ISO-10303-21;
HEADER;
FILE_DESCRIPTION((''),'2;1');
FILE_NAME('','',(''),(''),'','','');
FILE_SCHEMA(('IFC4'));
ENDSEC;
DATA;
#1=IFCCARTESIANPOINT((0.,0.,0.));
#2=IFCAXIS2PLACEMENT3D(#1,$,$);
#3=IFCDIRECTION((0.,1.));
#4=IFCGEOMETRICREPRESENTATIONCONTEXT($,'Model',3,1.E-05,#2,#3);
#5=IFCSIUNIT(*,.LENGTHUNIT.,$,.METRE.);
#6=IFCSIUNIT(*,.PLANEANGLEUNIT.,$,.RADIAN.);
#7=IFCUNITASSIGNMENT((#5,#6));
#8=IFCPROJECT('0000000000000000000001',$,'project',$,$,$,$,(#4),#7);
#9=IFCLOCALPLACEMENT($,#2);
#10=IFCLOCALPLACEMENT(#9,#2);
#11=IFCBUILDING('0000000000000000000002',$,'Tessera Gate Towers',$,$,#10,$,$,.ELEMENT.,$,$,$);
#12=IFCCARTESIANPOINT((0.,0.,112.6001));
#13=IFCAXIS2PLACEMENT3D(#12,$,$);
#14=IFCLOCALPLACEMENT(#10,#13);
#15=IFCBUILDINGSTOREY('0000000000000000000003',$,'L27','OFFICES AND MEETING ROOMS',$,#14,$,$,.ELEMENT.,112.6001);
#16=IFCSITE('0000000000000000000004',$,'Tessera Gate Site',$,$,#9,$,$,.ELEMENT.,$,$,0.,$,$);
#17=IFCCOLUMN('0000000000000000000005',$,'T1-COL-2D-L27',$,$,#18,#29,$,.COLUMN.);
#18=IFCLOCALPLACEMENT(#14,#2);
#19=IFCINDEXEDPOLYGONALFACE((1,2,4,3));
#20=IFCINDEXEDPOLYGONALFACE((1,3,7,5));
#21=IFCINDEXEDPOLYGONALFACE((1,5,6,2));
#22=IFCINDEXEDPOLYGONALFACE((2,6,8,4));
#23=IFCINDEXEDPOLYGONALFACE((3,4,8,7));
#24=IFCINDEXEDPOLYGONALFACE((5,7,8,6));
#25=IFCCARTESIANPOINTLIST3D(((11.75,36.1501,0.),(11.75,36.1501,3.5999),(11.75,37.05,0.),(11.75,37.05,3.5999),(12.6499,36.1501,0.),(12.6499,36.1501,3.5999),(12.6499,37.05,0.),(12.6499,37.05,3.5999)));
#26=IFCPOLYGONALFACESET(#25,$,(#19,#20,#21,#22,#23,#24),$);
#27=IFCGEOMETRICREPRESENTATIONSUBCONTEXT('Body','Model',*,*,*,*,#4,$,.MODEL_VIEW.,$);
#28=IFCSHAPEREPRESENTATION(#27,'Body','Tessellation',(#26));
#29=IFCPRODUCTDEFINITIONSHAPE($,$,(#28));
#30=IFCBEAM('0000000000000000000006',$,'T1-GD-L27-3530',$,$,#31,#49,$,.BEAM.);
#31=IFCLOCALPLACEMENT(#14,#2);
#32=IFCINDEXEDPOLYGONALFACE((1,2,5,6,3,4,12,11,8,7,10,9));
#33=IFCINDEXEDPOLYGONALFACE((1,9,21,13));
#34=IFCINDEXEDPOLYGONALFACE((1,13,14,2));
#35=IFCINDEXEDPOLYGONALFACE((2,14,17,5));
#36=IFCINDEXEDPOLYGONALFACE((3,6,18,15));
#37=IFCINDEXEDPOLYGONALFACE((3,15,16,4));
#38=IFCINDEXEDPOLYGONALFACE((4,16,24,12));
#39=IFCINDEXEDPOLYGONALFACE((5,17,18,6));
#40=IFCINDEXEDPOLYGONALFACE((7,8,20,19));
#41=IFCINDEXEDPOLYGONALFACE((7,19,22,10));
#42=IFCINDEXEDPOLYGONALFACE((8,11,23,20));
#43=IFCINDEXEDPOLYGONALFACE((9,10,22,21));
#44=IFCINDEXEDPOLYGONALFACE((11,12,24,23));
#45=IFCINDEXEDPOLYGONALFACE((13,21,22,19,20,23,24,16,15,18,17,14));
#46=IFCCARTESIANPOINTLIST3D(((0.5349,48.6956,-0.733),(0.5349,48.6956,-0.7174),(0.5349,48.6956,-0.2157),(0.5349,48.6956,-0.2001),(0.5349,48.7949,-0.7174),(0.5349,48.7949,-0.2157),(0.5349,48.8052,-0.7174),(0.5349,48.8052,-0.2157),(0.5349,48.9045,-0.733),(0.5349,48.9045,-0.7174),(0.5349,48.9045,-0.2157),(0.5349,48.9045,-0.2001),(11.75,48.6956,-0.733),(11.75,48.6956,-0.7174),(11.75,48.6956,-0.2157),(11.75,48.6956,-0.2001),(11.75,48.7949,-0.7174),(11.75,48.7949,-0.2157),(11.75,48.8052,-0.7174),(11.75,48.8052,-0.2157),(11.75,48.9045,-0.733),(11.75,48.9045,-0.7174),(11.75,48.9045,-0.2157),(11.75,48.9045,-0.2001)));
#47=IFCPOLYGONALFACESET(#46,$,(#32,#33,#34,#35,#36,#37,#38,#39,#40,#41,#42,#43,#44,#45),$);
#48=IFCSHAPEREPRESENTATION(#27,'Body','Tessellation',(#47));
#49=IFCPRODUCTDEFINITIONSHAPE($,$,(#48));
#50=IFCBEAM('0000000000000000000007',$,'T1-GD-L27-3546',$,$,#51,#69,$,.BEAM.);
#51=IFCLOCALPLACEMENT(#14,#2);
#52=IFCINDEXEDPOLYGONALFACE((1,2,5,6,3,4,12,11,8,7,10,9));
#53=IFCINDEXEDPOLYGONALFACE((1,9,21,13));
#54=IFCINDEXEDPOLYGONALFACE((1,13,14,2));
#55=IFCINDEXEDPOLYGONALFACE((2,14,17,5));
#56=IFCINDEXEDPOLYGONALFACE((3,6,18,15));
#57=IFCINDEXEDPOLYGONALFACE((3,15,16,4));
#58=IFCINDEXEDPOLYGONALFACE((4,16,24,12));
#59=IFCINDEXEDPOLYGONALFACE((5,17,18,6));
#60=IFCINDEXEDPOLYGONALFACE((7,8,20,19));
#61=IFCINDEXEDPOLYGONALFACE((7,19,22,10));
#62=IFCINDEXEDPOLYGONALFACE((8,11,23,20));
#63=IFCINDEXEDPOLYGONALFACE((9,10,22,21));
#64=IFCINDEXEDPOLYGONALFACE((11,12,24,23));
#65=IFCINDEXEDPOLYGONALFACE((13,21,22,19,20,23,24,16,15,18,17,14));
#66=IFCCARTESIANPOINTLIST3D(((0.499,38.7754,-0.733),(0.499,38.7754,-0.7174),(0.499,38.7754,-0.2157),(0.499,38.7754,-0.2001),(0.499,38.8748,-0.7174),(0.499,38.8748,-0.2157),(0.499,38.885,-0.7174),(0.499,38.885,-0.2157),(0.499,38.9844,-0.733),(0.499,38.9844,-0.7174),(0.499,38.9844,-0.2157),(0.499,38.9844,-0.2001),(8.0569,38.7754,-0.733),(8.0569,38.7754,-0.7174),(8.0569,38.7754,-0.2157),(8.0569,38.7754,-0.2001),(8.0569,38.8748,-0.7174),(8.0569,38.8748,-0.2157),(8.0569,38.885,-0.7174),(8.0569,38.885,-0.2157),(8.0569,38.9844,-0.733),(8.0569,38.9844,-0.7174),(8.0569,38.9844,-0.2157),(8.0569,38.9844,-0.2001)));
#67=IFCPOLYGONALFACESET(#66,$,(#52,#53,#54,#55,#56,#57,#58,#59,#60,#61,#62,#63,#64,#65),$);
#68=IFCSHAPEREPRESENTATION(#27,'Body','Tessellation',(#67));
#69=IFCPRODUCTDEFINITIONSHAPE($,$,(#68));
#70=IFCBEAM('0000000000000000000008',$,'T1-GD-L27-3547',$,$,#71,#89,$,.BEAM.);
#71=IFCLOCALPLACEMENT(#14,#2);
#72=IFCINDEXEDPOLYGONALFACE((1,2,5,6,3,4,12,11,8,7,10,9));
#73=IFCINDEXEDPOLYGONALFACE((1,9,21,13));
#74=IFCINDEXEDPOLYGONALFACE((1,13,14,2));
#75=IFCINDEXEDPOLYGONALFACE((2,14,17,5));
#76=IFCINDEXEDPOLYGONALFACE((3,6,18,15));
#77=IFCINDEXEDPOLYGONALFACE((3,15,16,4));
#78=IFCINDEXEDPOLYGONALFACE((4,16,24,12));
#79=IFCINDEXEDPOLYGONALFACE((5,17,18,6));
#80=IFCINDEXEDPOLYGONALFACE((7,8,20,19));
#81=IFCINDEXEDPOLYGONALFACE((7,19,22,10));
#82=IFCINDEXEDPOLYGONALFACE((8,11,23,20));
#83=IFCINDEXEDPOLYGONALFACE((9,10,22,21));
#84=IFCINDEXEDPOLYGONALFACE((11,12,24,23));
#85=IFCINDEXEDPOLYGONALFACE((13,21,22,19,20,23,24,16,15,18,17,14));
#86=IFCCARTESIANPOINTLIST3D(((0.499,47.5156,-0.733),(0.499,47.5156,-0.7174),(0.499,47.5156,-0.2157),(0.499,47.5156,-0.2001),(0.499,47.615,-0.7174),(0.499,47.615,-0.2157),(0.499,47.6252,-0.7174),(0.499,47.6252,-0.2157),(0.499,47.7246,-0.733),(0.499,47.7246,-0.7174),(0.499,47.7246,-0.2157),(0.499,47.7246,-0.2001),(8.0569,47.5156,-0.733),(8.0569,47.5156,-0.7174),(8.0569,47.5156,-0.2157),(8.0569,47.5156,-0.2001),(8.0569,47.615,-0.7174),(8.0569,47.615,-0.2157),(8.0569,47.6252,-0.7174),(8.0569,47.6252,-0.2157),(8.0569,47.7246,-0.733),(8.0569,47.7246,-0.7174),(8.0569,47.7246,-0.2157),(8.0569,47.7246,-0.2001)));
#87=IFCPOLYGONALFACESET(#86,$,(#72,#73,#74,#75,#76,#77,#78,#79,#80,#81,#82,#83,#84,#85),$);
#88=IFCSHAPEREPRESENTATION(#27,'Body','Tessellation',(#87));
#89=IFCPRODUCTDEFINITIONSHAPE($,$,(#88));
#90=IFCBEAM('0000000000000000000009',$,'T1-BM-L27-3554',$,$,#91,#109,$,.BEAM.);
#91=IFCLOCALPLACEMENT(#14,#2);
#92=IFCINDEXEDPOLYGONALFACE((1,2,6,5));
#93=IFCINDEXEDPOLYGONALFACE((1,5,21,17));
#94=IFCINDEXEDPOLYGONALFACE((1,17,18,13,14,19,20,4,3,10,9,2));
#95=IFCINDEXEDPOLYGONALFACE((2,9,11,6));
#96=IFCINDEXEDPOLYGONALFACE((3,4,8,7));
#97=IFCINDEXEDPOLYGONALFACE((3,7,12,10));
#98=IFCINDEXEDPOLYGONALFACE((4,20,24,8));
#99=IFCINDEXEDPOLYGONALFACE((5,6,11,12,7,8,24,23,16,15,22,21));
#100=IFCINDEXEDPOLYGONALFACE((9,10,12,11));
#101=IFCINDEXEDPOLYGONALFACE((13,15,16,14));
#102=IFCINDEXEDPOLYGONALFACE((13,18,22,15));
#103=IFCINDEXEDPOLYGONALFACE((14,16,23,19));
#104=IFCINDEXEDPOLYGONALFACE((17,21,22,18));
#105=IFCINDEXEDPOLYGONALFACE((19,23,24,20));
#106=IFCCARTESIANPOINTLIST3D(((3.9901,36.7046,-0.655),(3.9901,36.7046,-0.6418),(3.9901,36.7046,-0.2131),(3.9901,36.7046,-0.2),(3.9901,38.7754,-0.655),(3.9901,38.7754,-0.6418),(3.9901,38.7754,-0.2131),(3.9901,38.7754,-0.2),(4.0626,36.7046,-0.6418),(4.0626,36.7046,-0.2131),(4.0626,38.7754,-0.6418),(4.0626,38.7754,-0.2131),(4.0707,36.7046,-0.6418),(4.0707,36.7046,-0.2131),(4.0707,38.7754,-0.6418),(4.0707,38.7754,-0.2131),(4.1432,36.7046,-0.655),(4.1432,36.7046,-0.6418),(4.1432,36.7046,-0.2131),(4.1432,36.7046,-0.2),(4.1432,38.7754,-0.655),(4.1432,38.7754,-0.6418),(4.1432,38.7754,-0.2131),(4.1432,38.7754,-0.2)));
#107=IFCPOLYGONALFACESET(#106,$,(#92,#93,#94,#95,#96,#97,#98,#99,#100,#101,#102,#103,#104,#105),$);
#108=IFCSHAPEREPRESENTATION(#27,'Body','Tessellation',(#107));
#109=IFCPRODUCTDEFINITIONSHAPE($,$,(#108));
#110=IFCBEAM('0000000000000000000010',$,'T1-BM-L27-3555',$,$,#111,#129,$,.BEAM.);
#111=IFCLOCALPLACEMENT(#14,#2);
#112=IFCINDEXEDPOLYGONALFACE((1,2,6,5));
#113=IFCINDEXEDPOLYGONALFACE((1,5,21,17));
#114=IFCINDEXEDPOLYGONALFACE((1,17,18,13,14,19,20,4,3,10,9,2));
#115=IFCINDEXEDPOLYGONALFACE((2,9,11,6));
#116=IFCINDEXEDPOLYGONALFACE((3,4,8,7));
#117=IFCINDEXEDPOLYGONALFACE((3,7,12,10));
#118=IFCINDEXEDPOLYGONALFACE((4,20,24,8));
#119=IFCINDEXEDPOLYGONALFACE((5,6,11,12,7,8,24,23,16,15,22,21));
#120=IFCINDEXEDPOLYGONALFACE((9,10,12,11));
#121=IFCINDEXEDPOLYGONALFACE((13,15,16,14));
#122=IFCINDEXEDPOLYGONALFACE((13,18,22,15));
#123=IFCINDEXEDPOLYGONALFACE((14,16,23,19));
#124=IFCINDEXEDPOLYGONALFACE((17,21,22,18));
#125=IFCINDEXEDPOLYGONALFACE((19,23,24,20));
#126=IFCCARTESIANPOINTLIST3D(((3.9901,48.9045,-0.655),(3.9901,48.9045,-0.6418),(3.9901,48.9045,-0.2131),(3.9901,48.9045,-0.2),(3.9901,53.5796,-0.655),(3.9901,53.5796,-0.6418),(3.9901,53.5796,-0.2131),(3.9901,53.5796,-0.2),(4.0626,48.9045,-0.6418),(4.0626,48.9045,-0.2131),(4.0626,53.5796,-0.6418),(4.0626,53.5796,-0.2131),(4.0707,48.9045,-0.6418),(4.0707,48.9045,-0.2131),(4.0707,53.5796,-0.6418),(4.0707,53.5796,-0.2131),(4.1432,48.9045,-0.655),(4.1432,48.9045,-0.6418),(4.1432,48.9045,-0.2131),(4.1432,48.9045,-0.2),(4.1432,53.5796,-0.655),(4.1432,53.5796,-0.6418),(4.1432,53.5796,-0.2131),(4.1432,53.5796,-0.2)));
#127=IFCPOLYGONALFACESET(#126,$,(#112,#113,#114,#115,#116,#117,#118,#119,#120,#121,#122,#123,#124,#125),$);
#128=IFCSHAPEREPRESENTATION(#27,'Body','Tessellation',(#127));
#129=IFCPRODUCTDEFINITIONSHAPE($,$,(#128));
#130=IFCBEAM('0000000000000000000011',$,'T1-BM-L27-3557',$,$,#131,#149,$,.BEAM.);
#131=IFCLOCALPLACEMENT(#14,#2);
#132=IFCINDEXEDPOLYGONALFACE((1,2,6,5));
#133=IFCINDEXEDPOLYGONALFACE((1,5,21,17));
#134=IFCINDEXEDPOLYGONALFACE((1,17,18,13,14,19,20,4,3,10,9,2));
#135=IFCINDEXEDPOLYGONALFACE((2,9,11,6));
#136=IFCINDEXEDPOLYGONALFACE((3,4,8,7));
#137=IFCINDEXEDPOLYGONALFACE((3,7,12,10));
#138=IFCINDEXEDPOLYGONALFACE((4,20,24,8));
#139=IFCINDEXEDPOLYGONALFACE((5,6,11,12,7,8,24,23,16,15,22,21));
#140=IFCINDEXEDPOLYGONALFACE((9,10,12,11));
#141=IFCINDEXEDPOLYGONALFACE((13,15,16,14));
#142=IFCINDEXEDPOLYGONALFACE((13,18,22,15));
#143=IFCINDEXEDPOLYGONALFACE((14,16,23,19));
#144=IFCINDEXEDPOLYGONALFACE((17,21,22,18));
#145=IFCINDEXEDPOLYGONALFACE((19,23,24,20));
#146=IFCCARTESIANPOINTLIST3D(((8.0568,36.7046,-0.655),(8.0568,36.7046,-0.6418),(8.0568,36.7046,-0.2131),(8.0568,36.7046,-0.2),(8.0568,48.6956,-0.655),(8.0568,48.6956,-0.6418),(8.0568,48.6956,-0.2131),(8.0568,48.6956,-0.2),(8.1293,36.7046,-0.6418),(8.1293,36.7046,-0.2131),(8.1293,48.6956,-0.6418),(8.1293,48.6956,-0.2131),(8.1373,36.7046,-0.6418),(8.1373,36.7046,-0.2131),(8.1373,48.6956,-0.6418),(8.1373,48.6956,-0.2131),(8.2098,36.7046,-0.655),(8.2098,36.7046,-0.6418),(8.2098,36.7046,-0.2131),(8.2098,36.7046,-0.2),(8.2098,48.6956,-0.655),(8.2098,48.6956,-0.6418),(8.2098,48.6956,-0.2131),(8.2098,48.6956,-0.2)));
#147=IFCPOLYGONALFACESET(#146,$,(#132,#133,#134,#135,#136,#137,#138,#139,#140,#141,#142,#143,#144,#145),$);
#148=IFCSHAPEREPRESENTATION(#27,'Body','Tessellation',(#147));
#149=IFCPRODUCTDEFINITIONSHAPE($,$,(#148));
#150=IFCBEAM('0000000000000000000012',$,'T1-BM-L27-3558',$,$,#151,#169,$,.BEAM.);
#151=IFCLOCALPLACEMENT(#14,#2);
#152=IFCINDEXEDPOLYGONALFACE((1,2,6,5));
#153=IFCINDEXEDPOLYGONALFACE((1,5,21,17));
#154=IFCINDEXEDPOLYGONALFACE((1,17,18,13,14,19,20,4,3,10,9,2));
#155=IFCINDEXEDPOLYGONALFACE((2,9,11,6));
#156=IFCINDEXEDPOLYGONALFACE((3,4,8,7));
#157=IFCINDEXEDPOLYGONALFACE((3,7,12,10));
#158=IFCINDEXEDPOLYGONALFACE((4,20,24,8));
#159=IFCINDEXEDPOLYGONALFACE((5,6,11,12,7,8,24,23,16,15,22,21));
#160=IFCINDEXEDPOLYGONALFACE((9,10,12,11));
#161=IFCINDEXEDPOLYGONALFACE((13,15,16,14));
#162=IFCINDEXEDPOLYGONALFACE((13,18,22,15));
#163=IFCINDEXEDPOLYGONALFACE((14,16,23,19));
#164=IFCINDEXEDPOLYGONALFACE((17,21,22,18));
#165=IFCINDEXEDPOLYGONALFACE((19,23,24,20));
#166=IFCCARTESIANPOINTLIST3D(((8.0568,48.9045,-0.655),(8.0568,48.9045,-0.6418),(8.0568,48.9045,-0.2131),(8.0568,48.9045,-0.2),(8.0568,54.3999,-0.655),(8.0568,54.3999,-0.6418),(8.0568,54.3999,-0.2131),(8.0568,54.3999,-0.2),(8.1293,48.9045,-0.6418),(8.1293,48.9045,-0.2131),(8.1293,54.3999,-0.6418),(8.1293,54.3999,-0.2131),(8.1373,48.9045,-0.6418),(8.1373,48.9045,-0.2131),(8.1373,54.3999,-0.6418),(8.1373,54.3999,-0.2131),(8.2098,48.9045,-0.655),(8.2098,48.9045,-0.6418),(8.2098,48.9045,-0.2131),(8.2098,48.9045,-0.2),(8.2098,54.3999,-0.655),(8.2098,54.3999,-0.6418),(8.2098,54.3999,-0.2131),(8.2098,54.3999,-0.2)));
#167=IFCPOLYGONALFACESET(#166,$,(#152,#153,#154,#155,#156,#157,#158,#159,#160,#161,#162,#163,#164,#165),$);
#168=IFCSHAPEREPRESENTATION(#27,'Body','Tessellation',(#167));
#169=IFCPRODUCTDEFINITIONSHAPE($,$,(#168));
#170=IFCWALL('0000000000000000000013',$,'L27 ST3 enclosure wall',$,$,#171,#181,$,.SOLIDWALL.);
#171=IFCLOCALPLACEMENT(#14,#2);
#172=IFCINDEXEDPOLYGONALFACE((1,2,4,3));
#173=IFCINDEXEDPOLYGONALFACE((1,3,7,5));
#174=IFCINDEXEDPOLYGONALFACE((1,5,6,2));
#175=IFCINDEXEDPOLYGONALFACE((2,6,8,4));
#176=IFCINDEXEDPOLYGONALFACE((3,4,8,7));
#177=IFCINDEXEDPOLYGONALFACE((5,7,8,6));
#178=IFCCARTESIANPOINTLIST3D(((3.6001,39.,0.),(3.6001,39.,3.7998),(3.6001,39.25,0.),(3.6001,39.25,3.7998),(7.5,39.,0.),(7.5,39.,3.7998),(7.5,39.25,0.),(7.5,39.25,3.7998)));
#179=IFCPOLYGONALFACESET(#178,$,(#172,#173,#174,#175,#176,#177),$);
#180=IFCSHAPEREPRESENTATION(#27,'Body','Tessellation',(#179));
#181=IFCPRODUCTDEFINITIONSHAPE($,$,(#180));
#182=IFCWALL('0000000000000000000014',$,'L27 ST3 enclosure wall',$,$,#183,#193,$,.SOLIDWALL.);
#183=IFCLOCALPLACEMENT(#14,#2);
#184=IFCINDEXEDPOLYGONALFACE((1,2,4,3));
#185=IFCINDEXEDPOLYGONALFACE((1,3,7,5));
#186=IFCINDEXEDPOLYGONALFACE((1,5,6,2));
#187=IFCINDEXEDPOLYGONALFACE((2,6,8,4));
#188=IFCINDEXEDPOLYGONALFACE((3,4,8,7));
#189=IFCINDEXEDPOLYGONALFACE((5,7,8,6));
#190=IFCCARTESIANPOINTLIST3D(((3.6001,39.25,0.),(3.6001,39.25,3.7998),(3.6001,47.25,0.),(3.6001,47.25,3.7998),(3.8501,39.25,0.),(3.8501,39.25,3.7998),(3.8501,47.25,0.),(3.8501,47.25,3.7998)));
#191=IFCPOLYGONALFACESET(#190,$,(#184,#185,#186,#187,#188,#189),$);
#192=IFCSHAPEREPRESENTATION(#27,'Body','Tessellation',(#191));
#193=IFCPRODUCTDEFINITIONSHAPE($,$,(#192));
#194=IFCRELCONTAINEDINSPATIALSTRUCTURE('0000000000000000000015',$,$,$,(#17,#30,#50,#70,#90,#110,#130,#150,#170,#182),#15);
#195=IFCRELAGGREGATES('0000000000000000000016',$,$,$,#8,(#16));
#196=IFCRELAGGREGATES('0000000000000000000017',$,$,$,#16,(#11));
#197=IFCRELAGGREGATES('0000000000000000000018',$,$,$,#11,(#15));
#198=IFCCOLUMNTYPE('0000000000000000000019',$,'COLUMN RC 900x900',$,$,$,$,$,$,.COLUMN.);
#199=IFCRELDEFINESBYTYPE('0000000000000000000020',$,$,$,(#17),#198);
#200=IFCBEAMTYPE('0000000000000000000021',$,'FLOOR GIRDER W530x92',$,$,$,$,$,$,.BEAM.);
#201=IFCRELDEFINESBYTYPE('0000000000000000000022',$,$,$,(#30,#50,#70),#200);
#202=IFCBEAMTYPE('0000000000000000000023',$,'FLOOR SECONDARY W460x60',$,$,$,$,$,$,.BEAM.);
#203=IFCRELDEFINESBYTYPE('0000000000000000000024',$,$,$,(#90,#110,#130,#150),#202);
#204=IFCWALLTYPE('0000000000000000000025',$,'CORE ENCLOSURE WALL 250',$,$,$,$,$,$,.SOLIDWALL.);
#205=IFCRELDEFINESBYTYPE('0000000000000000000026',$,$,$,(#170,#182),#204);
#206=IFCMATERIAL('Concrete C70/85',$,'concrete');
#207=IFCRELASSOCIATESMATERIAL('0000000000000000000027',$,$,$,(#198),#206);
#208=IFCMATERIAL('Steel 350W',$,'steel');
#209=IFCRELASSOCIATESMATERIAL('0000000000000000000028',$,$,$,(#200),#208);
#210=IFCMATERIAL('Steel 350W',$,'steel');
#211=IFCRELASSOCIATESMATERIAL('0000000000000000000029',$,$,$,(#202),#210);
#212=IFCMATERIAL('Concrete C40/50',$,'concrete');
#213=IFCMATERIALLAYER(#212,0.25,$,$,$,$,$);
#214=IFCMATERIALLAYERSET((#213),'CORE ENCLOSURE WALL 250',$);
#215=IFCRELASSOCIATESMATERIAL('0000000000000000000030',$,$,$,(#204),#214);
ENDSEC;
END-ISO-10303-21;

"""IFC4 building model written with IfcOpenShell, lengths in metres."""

from ifc_helpers import new_model, si_unit, direction, frame, frame_2d, origin, origin_2d, place, context, subcontext, project, spatial, rectangle, i_section, extrude, material, layer, layer_set, material_profile, profile_set, type_object, element, save


model = new_model("IFC4")

# Units and contexts
model_context = context("Model", 3, precision=1e-05, world=origin(), true_north=direction((0.0, 1.0)))
body_context = subcontext(model_context, "Body", "Model", "MODEL_VIEW")
ifc_project = project(units=[si_unit("LENGTHUNIT", "METRE"), si_unit("PLANEANGLEUNIT", "RADIAN")], contexts=[model_context])

# Site, building, storey
site_placement = place(None, origin())
site = spatial("IfcSite", under=ifc_project, at=site_placement, Name="Tessera Gate Site", CompositionType="ELEMENT", RefElevation=0.0)
building_placement = place(site_placement, origin())
building = spatial("IfcBuilding", under=site, at=building_placement, Name="Tessera Gate Towers", CompositionType="ELEMENT")
storey_placement = place(building_placement, frame((0.0, 0.0, 112.6001)))
storey = spatial("IfcBuildingStorey", under=building, at=storey_placement, Name="L27", Description="OFFICES AND MEETING ROOMS", CompositionType="ELEMENT", Elevation=112.6001)

# Column
ifc_material_1 = material(Name="Concrete C70/85", Category="concrete")
ifc_material_profile_1 = material_profile(ifc_material_1, rectangle(XDim=0.8999, YDim=0.8999, at=origin_2d()), Name="RC 900x900")
ifc_profile_set_1 = profile_set([ifc_material_profile_1], Name="Concrete C70/85")
column_type = type_object("IfcColumnType", Name="COLUMN RC 900x900", PredefinedType="COLUMN", material=ifc_profile_set_1)
column_placement = place(storey_placement, frame((12.2, 36.6001, 0.0), z_axis=(0.0, 0.0, 1.0), x_axis=(1.0, 0.0, 0.0)))
element("IfcColumn", 1, at=column_placement, inside=storey, type_object=column_type, Name="T1-COL-2D-L27", PredefinedType="COLUMN", context=body_context, shape_type="SweptSolid", body=[
    extrude(rectangle(XDim=0.8999, YDim=0.8999, at=origin_2d()), origin(), (0.0, 0.0, 1.0), 3.5999),
])

# Beams
ifc_material_2 = material(Name="Steel 350W", Category="steel")
ifc_material_profile_2 = material_profile(ifc_material_2, i_section(OverallWidth=0.209, OverallDepth=0.533, WebThickness=0.0103, FlangeThickness=0.0156, at=origin_2d()), Name="W530x92")
ifc_profile_set_2 = profile_set([ifc_material_profile_2], Name="Steel 350W")
beam_type_1 = type_object("IfcBeamType", Name="FLOOR GIRDER W530x92", PredefinedType="BEAM", material=ifc_profile_set_2)
beam_1_placement = place(storey_placement, frame((0.5349, 48.8, -0.4666), z_axis=(1.0, 0.0, 0.0), x_axis=(0.0, 1.0, 0.0)))
element("IfcBeam", 2, at=beam_1_placement, inside=storey, type_object=beam_type_1, Name="T1-GD-L27-3530", PredefinedType="BEAM", context=body_context, shape_type="SweptSolid", body=[
    extrude(i_section(OverallWidth=0.209, OverallDepth=0.533, WebThickness=0.0103, FlangeThickness=0.0156, at=origin_2d()), origin(), (0.0, 0.0, 1.0), 11.2151),
])
for number, where, z_axis, x_axis, name in (
    (3, (0.499, 38.8799, -0.4666), (1.0, 0.0, 0.0), (0.0, 1.0, 0.0), "T1-GD-L27-3546"),
    (4, (0.499, 47.6201, -0.4666), (1.0, 0.0, 0.0), (0.0, 1.0, 0.0), "T1-GD-L27-3547"),
):
    element("IfcBeam", number, at=place(storey_placement, frame(where, z_axis=z_axis, x_axis=x_axis)), inside=storey, type_object=beam_type_1, Name=name, PredefinedType="BEAM", context=body_context, shape_type="SweptSolid", body=[
        extrude(i_section(OverallWidth=0.209, OverallDepth=0.533, WebThickness=0.0103, FlangeThickness=0.0156, at=origin_2d()), origin(), (0.0, 0.0, 1.0), 7.5579),
    ])
ifc_material_3 = material(Name="Steel 350W", Category="steel")
ifc_material_profile_3 = material_profile(ifc_material_3, i_section(OverallWidth=0.1531, OverallDepth=0.4551, WebThickness=0.0081, FlangeThickness=0.0132, at=origin_2d()), Name="W460x60")
ifc_profile_set_3 = profile_set([ifc_material_profile_3], Name="Steel 350W")
beam_type_2 = type_object("IfcBeamType", Name="FLOOR SECONDARY W460x60", PredefinedType="BEAM", material=ifc_profile_set_3)
beam_2_placement = place(storey_placement, frame((4.0667, 36.7046, -0.4275), z_axis=(0.0, 1.0, 0.0), x_axis=(-1.0, 0.0, 0.0)))
element("IfcBeam", 5, at=beam_2_placement, inside=storey, type_object=beam_type_2, Name="T1-BM-L27-3554", PredefinedType="BEAM", context=body_context, shape_type="SweptSolid", body=[
    extrude(i_section(OverallWidth=0.1531, OverallDepth=0.4551, WebThickness=0.0081, FlangeThickness=0.0132, at=origin_2d()), origin(), (0.0, 0.0, 1.0), 2.0708),
])
beam_3_placement = place(storey_placement, frame((4.0667, 48.9045, -0.4275), z_axis=(0.0, 1.0, 0.0), x_axis=(-1.0, 0.0, 0.0)))
element("IfcBeam", 6, at=beam_3_placement, inside=storey, type_object=beam_type_2, Name="T1-BM-L27-3555", PredefinedType="BEAM", context=body_context, shape_type="SweptSolid", body=[
    extrude(i_section(OverallWidth=0.1531, OverallDepth=0.4551, WebThickness=0.0081, FlangeThickness=0.0132, at=origin_2d()), origin(), (0.0, 0.0, 1.0), 4.675),
])
beam_4_placement = place(storey_placement, frame((8.1333, 36.7046, -0.4275), z_axis=(0.0, 1.0, 0.0), x_axis=(-1.0, 0.0, 0.0)))
element("IfcBeam", 7, at=beam_4_placement, inside=storey, type_object=beam_type_2, Name="T1-BM-L27-3557", PredefinedType="BEAM", context=body_context, shape_type="SweptSolid", body=[
    extrude(i_section(OverallWidth=0.1531, OverallDepth=0.4551, WebThickness=0.0081, FlangeThickness=0.0132, at=origin_2d()), origin(), (0.0, 0.0, 1.0), 11.991),
])
beam_5_placement = place(storey_placement, frame((8.1333, 48.9045, -0.4275), z_axis=(0.0, 1.0, 0.0), x_axis=(-1.0, 0.0, 0.0)))
element("IfcBeam", 8, at=beam_5_placement, inside=storey, type_object=beam_type_2, Name="T1-BM-L27-3558", PredefinedType="BEAM", context=body_context, shape_type="SweptSolid", body=[
    extrude(i_section(OverallWidth=0.1531, OverallDepth=0.4551, WebThickness=0.0081, FlangeThickness=0.0132, at=origin_2d()), origin(), (0.0, 0.0, 1.0), 5.4954),
])

# Walls
ifc_material_4 = material(Name="Concrete C40/50", Category="concrete")
ifc_layer_1 = layer(ifc_material_4, 0.25)
ifc_layer_set_1 = layer_set([ifc_layer_1], Name="CORE ENCLOSURE WALL 250")
wall_type_1 = type_object("IfcWallType", Name="CORE ENCLOSURE WALL 250", PredefinedType="SOLIDWALL", material=ifc_layer_set_1)
wall_1_placement = place(storey_placement, frame((7.5, 39.125, 0.0), z_axis=(0.0, 0.0, 1.0), x_axis=(-1.0, 0.0, 0.0)))
element("IfcWall", 9, at=wall_1_placement, inside=storey, type_object=wall_type_1, Name="L27 ST3 enclosure wall", PredefinedType="SOLIDWALL", context=body_context, shape_type="SweptSolid", body=[
    extrude(rectangle(XDim=3.8999, YDim=0.25, at=frame_2d((1.95, 0.0))), origin(), (0.0, 0.0, 1.0), 3.7998),
])
wall_2_placement = place(storey_placement, frame((3.7251, 39.25, 0.0), z_axis=(0.0, 0.0, 1.0), x_axis=(0.0, 1.0, 0.0)))
element("IfcWall", 10, at=wall_2_placement, inside=storey, type_object=wall_type_1, Name="L27 ST3 enclosure wall", PredefinedType="SOLIDWALL", context=body_context, shape_type="SweptSolid", body=[
    extrude(rectangle(XDim=8.0, YDim=0.25, at=frame_2d((4.0, 0.0))), origin(), (0.0, 0.0, 1.0), 3.7998),
])

save(model, "model.ifc")
